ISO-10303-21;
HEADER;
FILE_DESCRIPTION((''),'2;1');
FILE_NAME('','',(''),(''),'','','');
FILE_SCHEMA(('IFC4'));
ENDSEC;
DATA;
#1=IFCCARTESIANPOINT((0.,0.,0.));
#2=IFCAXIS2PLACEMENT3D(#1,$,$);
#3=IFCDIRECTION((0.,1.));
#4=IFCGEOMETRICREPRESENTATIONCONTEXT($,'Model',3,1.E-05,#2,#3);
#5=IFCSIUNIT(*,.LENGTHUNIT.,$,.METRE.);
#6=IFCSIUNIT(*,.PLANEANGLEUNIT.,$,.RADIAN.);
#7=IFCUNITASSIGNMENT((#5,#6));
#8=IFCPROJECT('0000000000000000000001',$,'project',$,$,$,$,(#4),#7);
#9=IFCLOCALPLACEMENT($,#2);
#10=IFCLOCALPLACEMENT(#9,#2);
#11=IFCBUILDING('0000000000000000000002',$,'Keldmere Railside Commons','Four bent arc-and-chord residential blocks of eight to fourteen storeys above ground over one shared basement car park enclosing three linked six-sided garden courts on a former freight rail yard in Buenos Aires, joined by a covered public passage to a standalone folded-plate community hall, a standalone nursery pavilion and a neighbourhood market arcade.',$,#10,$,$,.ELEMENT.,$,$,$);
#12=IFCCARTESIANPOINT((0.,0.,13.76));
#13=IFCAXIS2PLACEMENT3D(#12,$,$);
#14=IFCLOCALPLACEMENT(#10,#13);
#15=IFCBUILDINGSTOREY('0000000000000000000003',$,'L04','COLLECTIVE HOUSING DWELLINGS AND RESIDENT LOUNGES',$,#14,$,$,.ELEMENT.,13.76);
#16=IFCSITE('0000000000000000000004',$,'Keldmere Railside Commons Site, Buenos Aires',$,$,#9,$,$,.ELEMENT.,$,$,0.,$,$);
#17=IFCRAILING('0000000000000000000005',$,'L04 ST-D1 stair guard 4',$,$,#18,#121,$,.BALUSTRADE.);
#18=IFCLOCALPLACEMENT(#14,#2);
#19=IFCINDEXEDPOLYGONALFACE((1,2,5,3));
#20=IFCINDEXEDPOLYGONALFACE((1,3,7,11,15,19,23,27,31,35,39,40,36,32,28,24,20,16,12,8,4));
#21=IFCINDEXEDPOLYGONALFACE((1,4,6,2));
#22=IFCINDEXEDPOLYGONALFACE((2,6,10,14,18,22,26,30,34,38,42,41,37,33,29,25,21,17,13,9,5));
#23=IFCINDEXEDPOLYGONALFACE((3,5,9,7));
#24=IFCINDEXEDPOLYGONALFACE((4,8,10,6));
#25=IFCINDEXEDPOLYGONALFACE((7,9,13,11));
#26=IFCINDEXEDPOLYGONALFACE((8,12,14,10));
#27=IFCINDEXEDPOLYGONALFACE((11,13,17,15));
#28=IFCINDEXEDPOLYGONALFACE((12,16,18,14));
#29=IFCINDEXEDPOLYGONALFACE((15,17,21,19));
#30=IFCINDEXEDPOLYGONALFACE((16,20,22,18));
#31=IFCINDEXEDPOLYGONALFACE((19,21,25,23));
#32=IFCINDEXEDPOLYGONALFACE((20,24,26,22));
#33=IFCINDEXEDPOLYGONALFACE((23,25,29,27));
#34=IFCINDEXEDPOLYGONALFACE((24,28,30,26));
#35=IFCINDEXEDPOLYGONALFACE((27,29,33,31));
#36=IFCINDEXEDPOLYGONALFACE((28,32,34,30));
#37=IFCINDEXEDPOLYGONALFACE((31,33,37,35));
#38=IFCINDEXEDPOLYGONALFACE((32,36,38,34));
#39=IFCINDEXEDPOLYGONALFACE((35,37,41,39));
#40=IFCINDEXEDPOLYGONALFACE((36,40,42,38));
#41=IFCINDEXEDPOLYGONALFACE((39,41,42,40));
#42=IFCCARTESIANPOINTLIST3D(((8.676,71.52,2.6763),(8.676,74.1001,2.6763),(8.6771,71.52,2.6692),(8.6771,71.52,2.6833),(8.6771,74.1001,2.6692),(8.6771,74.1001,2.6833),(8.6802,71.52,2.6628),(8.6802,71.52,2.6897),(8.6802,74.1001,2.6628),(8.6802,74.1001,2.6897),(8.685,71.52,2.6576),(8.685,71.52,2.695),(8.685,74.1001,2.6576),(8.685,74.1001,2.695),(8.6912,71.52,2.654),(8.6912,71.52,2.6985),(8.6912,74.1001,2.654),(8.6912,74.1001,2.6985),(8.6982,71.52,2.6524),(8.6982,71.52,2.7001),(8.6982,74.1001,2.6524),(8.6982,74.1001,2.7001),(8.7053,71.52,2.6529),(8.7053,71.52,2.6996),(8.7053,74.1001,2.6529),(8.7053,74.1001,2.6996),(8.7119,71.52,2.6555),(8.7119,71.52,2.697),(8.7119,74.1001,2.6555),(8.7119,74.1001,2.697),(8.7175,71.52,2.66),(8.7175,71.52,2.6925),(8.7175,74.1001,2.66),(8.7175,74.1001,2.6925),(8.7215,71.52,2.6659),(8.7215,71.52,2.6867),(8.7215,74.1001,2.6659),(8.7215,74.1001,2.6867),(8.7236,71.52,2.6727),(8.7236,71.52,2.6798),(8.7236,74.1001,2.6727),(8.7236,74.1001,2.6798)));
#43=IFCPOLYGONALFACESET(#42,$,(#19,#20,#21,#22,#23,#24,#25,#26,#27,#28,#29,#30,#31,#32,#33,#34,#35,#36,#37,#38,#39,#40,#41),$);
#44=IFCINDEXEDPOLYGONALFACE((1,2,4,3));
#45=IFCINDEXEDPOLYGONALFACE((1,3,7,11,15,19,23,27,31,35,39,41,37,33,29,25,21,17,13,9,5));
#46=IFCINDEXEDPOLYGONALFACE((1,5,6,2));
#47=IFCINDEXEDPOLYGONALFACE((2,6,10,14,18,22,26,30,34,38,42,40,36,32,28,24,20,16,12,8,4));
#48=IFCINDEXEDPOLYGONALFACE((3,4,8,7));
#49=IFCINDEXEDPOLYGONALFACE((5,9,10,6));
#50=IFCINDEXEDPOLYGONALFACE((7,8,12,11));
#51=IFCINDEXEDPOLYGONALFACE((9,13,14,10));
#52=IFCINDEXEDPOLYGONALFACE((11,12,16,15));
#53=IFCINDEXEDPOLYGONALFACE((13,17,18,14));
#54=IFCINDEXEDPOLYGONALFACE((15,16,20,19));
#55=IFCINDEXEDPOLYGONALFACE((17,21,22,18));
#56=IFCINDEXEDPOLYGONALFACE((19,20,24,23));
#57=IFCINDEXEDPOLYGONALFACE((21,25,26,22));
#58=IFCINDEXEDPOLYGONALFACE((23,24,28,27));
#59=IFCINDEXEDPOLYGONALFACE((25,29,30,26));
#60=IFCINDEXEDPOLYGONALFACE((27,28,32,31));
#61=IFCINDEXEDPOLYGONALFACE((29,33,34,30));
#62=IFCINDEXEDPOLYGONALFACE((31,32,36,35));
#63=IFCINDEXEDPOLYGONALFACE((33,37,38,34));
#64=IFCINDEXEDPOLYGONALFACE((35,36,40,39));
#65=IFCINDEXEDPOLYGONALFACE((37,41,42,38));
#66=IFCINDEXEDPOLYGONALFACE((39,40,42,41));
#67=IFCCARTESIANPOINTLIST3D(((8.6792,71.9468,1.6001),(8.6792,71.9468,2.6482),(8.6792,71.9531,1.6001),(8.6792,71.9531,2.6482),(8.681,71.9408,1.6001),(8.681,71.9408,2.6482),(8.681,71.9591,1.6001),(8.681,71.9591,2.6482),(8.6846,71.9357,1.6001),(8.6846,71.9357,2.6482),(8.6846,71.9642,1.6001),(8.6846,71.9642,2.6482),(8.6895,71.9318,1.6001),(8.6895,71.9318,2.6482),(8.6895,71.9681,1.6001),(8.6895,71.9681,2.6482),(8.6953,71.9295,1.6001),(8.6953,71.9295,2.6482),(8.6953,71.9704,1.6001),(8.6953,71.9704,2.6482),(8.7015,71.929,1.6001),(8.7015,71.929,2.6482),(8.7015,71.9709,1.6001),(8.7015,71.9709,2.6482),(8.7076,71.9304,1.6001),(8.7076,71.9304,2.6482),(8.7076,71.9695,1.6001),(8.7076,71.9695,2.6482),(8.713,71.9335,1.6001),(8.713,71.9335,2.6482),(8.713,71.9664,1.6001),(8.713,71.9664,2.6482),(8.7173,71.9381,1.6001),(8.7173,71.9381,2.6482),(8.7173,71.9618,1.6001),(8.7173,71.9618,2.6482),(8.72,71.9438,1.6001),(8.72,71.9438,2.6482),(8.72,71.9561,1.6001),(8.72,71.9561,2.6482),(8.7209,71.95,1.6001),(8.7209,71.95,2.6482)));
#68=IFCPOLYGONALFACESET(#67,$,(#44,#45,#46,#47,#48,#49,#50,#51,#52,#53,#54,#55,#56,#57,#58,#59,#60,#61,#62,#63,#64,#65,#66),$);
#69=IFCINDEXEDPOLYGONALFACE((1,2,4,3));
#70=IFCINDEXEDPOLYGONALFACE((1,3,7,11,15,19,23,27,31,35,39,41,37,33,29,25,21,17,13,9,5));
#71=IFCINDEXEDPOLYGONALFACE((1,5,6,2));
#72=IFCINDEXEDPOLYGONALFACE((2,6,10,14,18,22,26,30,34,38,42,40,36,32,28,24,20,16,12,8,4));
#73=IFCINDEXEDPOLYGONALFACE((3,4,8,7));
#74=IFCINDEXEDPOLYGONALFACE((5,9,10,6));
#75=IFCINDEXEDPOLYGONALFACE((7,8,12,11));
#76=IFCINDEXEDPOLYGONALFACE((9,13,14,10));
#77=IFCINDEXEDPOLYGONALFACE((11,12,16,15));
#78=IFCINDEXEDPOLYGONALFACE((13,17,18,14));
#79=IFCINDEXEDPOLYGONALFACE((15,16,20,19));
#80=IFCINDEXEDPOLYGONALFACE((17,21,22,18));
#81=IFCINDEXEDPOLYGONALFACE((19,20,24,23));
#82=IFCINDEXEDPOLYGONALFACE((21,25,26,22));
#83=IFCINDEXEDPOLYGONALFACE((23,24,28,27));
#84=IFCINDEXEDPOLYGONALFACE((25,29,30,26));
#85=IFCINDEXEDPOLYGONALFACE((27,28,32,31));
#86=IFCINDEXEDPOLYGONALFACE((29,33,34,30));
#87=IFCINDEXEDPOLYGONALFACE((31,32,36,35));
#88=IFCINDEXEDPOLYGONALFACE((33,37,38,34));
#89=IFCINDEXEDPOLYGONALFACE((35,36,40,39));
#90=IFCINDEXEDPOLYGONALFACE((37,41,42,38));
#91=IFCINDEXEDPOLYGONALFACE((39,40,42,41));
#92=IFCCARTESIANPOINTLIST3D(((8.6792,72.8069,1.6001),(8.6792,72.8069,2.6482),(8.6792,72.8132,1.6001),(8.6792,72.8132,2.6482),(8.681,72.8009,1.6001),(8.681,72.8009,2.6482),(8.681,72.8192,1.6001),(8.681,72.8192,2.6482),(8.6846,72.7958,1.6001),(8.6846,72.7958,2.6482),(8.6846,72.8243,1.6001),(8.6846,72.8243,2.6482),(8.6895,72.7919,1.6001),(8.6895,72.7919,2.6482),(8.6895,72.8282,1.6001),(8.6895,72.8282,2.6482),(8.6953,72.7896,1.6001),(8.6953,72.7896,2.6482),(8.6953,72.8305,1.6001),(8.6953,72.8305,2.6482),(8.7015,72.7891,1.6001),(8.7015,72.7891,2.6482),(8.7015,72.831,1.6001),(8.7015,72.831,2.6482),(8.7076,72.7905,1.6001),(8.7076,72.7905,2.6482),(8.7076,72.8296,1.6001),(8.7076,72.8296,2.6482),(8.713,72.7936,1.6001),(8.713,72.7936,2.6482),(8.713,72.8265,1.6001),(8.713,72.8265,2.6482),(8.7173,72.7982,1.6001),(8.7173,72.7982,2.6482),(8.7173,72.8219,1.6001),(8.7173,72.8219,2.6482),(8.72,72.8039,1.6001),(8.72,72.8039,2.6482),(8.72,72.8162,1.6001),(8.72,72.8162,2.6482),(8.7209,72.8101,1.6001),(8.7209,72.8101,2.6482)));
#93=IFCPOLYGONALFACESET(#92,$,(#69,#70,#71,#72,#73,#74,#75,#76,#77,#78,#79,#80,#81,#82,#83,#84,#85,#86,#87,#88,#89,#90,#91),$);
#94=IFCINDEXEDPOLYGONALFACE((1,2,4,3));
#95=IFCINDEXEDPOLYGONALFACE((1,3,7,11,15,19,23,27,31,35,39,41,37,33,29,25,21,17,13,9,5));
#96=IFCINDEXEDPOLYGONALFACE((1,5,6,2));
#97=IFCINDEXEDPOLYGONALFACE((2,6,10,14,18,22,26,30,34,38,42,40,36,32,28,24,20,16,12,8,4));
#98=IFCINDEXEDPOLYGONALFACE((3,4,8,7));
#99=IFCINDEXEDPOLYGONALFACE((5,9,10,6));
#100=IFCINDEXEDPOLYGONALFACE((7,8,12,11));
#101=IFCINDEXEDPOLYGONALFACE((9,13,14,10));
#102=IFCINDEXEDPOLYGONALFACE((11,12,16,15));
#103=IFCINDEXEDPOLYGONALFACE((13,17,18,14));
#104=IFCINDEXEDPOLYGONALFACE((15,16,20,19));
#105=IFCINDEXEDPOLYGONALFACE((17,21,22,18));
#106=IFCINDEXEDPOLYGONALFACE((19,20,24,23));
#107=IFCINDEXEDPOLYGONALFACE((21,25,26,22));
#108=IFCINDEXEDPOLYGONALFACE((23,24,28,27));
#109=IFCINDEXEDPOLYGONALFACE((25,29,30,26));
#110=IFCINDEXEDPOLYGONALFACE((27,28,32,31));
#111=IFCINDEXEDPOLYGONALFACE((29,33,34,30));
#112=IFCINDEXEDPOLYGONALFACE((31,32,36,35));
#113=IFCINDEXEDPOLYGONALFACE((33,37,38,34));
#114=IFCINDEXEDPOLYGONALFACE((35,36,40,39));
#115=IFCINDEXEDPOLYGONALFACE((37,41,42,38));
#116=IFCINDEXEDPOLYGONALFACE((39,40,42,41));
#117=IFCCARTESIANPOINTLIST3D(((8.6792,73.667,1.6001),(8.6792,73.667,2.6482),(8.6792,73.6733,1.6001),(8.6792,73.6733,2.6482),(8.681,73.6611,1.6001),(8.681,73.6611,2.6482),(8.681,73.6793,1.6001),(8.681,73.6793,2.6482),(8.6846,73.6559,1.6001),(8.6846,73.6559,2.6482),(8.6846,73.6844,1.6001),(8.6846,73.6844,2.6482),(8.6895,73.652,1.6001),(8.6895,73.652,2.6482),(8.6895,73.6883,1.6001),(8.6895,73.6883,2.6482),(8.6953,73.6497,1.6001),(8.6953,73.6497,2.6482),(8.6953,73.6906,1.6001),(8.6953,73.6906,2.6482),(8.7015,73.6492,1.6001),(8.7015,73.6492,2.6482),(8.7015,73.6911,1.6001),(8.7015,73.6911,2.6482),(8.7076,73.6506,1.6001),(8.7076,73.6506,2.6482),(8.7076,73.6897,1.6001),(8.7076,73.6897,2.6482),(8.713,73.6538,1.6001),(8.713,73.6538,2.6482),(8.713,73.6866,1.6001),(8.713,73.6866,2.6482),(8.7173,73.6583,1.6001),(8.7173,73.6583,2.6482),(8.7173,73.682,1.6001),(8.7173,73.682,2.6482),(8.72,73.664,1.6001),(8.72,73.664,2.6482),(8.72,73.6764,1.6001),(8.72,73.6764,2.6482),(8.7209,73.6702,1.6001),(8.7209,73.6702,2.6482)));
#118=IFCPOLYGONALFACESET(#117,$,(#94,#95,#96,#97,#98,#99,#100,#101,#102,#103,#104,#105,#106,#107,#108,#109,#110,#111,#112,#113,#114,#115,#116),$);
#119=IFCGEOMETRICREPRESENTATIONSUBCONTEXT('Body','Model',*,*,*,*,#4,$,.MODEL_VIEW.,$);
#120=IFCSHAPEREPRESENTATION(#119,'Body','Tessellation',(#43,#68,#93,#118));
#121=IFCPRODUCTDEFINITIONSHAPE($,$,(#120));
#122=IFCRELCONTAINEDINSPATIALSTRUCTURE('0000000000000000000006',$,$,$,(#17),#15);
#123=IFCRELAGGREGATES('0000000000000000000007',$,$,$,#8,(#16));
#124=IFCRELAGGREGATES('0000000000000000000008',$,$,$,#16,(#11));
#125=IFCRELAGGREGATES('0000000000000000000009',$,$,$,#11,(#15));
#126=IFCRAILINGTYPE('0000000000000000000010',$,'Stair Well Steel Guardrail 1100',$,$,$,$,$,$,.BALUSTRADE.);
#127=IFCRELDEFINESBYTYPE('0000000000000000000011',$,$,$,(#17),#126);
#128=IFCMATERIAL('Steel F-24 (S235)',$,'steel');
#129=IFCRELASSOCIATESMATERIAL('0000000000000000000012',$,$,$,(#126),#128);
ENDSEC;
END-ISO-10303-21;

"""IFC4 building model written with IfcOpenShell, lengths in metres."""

from ifc_helpers import new_model, si_unit, direction, frame, origin, origin_2d, place, context, subcontext, project, spatial, circle, extrude, material, type_object, element, save


model = new_model("IFC4")

# Units and contexts
model_context = context("Model", 3, precision=1e-05, world=origin(), true_north=direction((0.0, 1.0)))
body_context = subcontext(model_context, "Body", "Model", "MODEL_VIEW")
ifc_project = project(units=[si_unit("LENGTHUNIT", "METRE"), si_unit("PLANEANGLEUNIT", "RADIAN")], contexts=[model_context])

# Site, building, storey
site_placement = place(None, origin())
site = spatial("IfcSite", under=ifc_project, at=site_placement, Name="Keldmere Railside Commons Site, Buenos Aires", CompositionType="ELEMENT", RefElevation=0.0)
building_placement = place(site_placement, origin())
building = spatial("IfcBuilding", under=site, at=building_placement, Name="Keldmere Railside Commons", Description="Four bent arc-and-chord residential blocks of eight to fourteen storeys above ground over one shared basement car park enclosing three linked six-sided garden courts on a former freight rail yard in Buenos Aires, joined by a covered public passage to a standalone folded-plate community hall, a standalone nursery pavilion and a neighbourhood market arcade.", CompositionType="ELEMENT")
storey_placement = place(building_placement, frame((0.0, 0.0, 13.76)))
storey = spatial("IfcBuildingStorey", under=building, at=storey_placement, Name="L04", Description="COLLECTIVE HOUSING DWELLINGS AND RESIDENT LOUNGES", CompositionType="ELEMENT", Elevation=13.76)

# Railing
ifc_material_1 = material(Name="Steel F-24 (S235)", Category="steel")
railing_type_1 = type_object("IfcRailingType", Name="Stair Well Steel Guardrail 1100", PredefinedType="BALUSTRADE", material=ifc_material_1)
railing_1_placement = place(storey_placement, frame((8.7, 71.52, 1.6001)))
element("IfcRailing", 1, at=railing_1_placement, inside=storey, type_object=railing_type_1, Name="L04 ST-D1 stair guard 4", PredefinedType="BALUSTRADE", context=body_context, shape_type="SweptSolid", body=[
    extrude(circle(Radius=0.0239, at=origin_2d()), frame((0.0, 0.0, 1.0762), z_axis=(0.0, 1.0, 0.0), x_axis=(-1.0, 0.0, 0.0)), (0.0, 0.0, 1.0), 2.5801),
    extrude(circle(Radius=0.021, at=origin_2d()), frame((0.0, 0.4299, 0.0)), (0.0, 0.0, 1.0), 1.0481),
    extrude(circle(Radius=0.021, at=origin_2d()), frame((0.0, 1.29, 0.0)), (0.0, 0.0, 1.0), 1.0481),
    extrude(circle(Radius=0.021, at=origin_2d()), frame((0.0, 2.1501, 0.0)), (0.0, 0.0, 1.0), 1.0481),
])

save(model, "model.ifc")
